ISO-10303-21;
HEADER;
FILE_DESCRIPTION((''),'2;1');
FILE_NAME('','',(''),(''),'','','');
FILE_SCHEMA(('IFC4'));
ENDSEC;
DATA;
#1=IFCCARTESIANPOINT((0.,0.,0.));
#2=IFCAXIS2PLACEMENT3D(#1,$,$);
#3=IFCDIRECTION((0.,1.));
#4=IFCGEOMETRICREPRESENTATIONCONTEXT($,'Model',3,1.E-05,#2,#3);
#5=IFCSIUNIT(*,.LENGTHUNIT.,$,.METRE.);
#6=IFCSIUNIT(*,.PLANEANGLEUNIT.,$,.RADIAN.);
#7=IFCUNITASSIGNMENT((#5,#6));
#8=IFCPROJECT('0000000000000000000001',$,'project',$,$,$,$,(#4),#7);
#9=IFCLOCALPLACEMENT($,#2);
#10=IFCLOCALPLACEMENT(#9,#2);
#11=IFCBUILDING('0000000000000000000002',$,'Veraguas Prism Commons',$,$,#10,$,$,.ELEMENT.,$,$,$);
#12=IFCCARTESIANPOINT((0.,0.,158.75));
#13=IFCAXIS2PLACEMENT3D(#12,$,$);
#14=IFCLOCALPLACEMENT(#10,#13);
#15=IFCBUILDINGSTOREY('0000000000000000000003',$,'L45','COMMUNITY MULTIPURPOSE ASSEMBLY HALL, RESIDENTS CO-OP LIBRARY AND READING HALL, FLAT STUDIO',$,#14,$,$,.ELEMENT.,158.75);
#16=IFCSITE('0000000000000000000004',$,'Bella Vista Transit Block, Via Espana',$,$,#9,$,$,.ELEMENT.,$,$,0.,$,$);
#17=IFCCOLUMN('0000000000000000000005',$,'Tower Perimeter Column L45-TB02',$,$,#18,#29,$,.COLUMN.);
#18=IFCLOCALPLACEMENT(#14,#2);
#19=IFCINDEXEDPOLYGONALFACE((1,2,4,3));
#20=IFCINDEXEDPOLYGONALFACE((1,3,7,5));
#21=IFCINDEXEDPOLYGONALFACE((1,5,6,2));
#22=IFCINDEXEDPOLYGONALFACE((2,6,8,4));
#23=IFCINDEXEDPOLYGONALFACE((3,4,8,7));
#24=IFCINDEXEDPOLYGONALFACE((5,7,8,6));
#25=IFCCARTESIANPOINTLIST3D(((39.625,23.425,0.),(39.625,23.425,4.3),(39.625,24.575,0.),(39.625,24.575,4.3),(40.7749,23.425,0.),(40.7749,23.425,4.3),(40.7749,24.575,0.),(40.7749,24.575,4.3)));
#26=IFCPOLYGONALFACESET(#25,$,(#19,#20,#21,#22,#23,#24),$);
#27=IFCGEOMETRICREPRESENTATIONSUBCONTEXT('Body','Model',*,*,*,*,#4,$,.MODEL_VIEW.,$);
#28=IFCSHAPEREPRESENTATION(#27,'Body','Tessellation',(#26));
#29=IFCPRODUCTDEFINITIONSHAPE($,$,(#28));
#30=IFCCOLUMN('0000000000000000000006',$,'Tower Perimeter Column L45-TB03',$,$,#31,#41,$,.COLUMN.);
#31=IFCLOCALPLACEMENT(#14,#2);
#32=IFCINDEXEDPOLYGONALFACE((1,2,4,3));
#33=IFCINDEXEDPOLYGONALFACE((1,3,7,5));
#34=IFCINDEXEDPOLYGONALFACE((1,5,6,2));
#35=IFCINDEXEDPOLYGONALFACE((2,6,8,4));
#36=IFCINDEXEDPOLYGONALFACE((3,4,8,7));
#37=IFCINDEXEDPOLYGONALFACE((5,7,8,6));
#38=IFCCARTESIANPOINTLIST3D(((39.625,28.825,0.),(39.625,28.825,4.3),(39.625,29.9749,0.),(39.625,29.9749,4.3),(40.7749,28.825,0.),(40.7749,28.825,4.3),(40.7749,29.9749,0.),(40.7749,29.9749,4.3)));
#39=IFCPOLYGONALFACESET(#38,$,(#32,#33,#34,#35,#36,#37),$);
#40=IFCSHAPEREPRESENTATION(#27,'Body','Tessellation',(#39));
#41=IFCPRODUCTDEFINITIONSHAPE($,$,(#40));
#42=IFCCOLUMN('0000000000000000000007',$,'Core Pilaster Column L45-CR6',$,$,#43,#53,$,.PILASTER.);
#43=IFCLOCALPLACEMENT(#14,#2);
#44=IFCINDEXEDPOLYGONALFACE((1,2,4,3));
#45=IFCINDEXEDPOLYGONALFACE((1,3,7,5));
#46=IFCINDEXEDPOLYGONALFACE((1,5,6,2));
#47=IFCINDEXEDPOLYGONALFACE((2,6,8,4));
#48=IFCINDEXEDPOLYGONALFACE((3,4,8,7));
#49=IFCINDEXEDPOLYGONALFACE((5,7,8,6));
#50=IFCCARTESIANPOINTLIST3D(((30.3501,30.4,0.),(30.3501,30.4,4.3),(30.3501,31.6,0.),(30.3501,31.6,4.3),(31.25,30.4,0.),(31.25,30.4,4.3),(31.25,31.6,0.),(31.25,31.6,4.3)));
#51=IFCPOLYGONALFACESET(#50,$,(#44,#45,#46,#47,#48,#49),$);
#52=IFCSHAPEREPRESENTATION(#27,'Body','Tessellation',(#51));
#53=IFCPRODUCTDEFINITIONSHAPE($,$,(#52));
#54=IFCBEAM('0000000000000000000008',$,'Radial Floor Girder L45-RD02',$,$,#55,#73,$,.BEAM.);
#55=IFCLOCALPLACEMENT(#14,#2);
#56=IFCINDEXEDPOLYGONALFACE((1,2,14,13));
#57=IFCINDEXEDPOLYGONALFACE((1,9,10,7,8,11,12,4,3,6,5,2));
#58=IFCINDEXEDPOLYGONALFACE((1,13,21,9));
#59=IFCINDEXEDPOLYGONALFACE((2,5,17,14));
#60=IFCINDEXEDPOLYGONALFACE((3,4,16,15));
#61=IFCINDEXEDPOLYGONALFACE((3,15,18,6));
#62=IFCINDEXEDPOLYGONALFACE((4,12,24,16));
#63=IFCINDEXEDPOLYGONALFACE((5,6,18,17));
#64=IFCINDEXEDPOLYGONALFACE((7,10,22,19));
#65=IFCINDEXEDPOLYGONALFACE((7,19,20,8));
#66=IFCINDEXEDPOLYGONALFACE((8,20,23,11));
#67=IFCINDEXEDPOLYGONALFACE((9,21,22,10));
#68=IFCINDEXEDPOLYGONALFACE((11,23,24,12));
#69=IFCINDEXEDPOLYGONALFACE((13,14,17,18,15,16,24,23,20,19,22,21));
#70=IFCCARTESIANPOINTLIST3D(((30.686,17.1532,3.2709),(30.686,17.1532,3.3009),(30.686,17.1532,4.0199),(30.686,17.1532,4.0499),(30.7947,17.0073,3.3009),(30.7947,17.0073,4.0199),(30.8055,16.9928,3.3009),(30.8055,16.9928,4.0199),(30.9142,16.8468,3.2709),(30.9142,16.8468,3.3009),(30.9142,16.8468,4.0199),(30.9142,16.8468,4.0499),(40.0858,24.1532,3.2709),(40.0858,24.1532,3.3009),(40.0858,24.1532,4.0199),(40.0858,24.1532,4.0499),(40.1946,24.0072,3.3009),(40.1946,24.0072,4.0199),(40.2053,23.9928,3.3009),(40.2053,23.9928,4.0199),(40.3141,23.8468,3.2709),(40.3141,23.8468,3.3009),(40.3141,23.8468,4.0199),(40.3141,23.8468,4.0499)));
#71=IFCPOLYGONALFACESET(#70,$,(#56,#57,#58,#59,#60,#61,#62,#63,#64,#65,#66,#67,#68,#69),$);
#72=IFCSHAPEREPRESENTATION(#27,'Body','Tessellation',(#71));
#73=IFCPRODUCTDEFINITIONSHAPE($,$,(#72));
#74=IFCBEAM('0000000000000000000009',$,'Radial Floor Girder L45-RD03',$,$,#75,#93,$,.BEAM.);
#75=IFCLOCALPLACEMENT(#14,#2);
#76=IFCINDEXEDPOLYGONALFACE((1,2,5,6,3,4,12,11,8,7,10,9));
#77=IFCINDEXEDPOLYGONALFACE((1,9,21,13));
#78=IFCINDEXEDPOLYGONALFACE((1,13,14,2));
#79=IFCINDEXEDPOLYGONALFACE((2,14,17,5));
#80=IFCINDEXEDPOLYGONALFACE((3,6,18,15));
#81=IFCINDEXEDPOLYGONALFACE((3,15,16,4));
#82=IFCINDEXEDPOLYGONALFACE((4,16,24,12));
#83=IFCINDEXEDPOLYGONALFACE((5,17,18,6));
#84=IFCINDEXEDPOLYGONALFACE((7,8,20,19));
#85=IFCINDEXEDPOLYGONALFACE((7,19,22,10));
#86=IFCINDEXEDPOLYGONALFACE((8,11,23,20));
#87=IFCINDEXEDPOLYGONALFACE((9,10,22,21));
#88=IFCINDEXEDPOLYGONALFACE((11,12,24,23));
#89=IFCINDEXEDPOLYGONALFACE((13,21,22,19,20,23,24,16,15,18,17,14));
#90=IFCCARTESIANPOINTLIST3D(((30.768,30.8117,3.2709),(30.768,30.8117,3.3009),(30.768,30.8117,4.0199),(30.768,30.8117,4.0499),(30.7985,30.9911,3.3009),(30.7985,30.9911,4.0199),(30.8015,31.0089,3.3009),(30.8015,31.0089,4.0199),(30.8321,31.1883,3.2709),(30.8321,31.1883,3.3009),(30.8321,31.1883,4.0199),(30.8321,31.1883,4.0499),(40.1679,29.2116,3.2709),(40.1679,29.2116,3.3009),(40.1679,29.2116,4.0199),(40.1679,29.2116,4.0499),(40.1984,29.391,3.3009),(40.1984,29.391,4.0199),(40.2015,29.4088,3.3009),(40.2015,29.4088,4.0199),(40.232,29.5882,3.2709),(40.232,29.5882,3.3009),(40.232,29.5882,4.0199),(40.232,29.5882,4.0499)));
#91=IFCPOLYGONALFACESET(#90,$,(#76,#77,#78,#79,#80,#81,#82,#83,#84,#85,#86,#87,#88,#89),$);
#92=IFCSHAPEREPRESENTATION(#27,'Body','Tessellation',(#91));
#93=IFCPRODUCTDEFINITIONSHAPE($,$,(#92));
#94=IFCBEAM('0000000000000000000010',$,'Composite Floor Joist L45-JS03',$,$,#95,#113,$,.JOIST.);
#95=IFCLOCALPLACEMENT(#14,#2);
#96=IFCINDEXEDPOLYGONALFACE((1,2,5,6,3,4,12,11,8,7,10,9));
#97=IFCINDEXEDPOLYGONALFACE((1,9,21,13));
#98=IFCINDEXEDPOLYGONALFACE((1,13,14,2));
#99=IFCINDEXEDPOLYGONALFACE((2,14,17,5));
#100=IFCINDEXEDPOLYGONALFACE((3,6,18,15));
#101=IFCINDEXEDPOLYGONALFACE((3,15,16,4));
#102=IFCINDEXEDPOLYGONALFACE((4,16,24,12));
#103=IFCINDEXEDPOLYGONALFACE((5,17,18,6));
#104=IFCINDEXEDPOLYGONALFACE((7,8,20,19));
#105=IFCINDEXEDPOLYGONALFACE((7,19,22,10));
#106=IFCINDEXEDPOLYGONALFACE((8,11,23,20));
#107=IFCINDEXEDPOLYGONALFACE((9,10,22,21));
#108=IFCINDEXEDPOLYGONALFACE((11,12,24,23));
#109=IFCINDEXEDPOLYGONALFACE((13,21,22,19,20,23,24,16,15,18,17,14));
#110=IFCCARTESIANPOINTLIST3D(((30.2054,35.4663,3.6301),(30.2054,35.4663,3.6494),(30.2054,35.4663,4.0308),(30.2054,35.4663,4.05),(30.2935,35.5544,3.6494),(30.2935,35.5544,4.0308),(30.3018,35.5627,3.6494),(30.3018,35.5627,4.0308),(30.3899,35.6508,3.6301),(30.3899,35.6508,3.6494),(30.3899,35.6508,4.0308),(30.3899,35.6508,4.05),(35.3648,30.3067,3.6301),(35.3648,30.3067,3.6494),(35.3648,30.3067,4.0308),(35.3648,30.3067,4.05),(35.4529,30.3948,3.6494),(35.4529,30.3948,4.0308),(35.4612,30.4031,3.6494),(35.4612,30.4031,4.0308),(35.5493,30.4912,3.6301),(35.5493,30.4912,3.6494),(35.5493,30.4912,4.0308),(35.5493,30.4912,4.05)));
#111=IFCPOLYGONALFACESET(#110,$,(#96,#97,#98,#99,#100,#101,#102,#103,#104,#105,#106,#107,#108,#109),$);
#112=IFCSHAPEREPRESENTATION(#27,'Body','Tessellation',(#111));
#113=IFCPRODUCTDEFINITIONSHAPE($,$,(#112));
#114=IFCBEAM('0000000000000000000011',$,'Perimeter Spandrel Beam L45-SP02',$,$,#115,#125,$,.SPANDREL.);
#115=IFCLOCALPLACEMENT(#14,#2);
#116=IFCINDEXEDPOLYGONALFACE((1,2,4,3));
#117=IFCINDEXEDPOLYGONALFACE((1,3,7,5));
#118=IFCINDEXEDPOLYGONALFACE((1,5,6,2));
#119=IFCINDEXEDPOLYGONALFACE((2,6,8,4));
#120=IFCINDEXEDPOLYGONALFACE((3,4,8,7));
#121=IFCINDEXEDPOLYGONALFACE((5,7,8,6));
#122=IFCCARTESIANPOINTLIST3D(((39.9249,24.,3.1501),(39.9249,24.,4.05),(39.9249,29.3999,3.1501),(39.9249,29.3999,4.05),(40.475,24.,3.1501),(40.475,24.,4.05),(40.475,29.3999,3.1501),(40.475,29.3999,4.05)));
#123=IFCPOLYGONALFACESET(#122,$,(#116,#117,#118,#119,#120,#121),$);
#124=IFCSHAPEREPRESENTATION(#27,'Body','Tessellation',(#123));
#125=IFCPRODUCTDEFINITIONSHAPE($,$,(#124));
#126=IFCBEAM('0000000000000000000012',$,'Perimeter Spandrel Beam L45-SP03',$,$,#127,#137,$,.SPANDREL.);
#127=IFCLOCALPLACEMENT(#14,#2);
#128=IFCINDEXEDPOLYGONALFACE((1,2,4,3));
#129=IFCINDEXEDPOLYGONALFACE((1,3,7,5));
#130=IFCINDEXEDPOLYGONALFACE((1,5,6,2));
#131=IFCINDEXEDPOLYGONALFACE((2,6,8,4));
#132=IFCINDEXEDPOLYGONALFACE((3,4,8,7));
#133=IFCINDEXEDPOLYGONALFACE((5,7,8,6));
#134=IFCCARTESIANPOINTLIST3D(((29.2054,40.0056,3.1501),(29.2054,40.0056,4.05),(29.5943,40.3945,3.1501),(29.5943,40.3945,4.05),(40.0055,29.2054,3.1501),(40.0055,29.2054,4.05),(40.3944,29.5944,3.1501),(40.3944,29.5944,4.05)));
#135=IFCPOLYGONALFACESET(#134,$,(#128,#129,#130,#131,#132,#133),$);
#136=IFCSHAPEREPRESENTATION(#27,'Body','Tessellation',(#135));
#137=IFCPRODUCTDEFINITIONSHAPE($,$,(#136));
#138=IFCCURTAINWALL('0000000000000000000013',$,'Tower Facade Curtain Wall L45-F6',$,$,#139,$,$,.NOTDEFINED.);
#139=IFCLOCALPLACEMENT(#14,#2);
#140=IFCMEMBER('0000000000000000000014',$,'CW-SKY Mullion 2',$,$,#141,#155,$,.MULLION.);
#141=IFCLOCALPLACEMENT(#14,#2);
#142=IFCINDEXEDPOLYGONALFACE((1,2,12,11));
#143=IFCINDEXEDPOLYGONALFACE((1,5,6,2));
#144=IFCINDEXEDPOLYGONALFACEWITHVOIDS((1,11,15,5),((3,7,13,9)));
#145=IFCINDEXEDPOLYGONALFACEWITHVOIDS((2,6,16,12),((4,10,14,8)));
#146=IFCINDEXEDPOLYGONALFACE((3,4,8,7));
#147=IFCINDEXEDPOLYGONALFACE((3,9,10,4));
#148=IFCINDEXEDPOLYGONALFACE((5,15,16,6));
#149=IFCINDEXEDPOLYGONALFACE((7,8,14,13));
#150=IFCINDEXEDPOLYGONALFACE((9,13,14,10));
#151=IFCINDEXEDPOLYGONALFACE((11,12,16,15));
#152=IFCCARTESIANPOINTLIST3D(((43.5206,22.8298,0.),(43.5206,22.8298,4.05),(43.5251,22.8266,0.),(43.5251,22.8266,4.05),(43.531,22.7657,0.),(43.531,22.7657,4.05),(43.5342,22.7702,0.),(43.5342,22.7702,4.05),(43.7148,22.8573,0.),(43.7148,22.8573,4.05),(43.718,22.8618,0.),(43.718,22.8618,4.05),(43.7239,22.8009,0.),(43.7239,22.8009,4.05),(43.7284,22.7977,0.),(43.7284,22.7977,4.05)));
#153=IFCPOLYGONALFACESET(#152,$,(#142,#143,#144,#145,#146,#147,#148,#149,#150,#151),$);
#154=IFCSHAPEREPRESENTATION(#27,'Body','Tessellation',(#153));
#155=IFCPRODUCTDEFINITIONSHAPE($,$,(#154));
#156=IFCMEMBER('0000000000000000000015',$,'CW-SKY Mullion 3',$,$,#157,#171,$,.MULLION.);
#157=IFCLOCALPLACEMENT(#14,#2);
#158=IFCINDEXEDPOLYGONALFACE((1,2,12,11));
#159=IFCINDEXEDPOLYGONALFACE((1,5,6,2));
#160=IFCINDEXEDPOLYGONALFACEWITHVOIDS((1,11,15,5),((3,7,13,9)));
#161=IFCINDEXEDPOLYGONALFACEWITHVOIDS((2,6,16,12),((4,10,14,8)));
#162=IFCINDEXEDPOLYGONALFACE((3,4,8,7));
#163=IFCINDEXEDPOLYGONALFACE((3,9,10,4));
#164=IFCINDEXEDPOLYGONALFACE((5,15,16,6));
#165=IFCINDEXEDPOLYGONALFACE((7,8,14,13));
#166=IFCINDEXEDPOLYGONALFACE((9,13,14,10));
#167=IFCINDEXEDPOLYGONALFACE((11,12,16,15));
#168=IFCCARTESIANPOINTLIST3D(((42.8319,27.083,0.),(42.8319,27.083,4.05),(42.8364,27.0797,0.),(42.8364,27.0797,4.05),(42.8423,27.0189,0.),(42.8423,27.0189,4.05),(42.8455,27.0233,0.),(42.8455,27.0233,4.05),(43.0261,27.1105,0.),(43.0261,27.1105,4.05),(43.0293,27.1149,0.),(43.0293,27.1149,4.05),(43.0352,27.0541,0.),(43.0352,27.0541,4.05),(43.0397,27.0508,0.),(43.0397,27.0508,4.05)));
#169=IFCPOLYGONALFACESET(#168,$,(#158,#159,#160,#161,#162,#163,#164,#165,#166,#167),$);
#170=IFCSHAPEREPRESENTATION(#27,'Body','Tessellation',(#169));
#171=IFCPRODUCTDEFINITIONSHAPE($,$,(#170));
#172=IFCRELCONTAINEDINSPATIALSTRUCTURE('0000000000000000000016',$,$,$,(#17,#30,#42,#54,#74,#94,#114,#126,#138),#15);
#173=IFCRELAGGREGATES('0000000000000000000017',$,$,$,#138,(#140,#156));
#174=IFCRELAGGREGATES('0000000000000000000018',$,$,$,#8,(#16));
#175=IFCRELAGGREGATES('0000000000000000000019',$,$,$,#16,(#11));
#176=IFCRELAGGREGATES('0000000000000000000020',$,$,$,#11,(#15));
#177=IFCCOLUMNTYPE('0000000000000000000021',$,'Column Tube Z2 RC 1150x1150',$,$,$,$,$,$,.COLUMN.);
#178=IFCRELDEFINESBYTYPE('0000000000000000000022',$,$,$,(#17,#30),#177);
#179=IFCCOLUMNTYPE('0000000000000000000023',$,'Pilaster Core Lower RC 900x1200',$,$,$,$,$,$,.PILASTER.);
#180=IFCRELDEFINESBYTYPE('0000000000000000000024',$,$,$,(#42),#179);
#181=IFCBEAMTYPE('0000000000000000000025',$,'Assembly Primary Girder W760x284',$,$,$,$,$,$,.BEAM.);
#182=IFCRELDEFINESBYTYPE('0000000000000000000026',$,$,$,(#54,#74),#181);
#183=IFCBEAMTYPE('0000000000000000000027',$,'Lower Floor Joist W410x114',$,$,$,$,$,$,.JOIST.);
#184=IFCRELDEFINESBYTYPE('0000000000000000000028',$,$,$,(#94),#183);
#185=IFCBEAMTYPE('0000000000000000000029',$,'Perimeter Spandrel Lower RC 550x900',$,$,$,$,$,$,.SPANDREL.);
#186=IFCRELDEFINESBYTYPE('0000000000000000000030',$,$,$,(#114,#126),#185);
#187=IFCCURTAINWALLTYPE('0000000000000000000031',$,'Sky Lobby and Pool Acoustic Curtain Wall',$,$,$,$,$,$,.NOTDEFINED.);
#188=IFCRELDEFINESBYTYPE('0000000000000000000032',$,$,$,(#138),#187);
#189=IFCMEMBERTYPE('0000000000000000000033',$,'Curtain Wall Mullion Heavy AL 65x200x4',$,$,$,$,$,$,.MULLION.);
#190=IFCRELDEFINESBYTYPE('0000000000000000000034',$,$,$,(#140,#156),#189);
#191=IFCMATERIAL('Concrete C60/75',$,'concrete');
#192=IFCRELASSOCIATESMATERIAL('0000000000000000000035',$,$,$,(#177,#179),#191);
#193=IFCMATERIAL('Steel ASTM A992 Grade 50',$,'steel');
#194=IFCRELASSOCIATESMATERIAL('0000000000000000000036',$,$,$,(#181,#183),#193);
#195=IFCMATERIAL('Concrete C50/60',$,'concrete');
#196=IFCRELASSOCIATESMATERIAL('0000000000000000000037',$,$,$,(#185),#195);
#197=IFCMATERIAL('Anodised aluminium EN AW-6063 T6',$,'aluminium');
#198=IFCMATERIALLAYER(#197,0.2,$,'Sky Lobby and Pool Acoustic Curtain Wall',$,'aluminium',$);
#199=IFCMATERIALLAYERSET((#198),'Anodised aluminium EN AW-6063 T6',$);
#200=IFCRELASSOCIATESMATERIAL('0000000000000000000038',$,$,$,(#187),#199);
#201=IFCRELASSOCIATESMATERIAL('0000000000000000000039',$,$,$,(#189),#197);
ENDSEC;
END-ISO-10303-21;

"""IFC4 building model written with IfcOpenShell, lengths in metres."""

from ifc_helpers import new_model, si_unit, direction, frame, origin, origin_2d, place, context, subcontext, project, spatial, rectangle, hollow_rectangle, i_section, extrude, source, transform, mapped, material, layer, layer_set, material_profile, profile_set, type_object, element, aggregate, save


model = new_model("IFC4")

# Units and contexts
model_context = context("Model", 3, precision=1e-05, world=origin(), true_north=direction((0.0, 1.0)))
body_context = subcontext(model_context, "Body", "Model", "MODEL_VIEW")
ifc_project = project(units=[si_unit("LENGTHUNIT", "METRE"), si_unit("PLANEANGLEUNIT", "RADIAN")], contexts=[model_context])

# Site, building, storey
site_placement = place(None, origin())
site = spatial("IfcSite", under=ifc_project, at=site_placement, Name="Bella Vista Transit Block, Via Espana", CompositionType="ELEMENT", RefElevation=0.0)
building_placement = place(site_placement, origin())
building = spatial("IfcBuilding", under=site, at=building_placement, Name="Veraguas Prism Commons", CompositionType="ELEMENT")
storey_placement = place(building_placement, frame((0.0, 0.0, 158.75)))
storey = spatial("IfcBuildingStorey", under=building, at=storey_placement, Name="L45", Description="COMMUNITY MULTIPURPOSE ASSEMBLY HALL, RESIDENTS CO-OP LIBRARY AND READING HALL, FLAT STUDIO", CompositionType="ELEMENT", Elevation=158.75)

# Columns
ifc_material_1 = material(Name="Concrete C60/75", Category="concrete")
ifc_material_profile_1 = material_profile(ifc_material_1, rectangle(XDim=1.1499, YDim=1.1499, at=origin_2d()), Name="RC1150X1150")
ifc_profile_set_1 = profile_set([ifc_material_profile_1], Name="Concrete C60/75")
column_type_1 = type_object("IfcColumnType", Name="Column Tube Z2 RC 1150x1150", PredefinedType="COLUMN", material=ifc_profile_set_1)
for number, where, z_axis, x_axis, name in (
    (1, (40.2, 24.0, 0.0), (0.0, 0.0, 1.0), (1.0, 0.0, 0.0), "Tower Perimeter Column L45-TB02"),
    (2, (40.2, 29.3999, 0.0), (0.0, 0.0, 1.0), (1.0, 0.0, 0.0), "Tower Perimeter Column L45-TB03"),
):
    element("IfcColumn", number, at=place(storey_placement, frame(where, z_axis=z_axis, x_axis=x_axis)), inside=storey, type_object=column_type_1, Name=name, PredefinedType="COLUMN", context=body_context, shape_type="SweptSolid", body=[
        extrude(rectangle(XDim=1.1499, YDim=1.1499, at=origin_2d()), origin(), (0.0, 0.0, 1.0), 4.3),
    ])
ifc_material_profile_2 = material_profile(ifc_material_1, rectangle(XDim=0.8999, YDim=1.2, at=origin_2d()), Name="RC900X1200")
ifc_profile_set_2 = profile_set([ifc_material_profile_2], Name="Concrete C60/75")
column_type_2 = type_object("IfcColumnType", Name="Pilaster Core Lower RC 900x1200", PredefinedType="PILASTER", material=ifc_profile_set_2)
column_placement = place(storey_placement, frame((30.8, 31.0, 0.0), z_axis=(0.0, 0.0, 1.0), x_axis=(1.0, 0.0, 0.0)))
element("IfcColumn", 3, at=column_placement, inside=storey, type_object=column_type_2, Name="Core Pilaster Column L45-CR6", PredefinedType="PILASTER", context=body_context, shape_type="SweptSolid", body=[
    extrude(rectangle(XDim=0.8999, YDim=1.2, at=origin_2d()), origin(), (0.0, 0.0, 1.0), 4.3),
])

# Beams
ifc_material_2 = material(Name="Steel ASTM A992 Grade 50", Category="steel")
ifc_material_profile_3 = material_profile(ifc_material_2, i_section(OverallWidth=0.3821, OverallDepth=0.7791, WebThickness=0.0181, FlangeThickness=0.03, at=origin_2d()), Name="W760X284")
ifc_profile_set_3 = profile_set([ifc_material_profile_3], Name="Steel ASTM A992 Grade 50")
beam_type_1 = type_object("IfcBeamType", Name="Assembly Primary Girder W760x284", PredefinedType="BEAM", material=ifc_profile_set_3)
beam_1_placement = place(storey_placement, frame((40.2, 24.0, 3.6604), z_axis=(-0.80204, -0.59727, 0.0), x_axis=(0.59727, -0.80204, 0.0)))
element("IfcBeam", 4, at=beam_1_placement, inside=storey, type_object=beam_type_1, Name="Radial Floor Girder L45-RD02", PredefinedType="BEAM", context=body_context, shape_type="SweptSolid", body=[
    extrude(i_section(OverallWidth=0.3821, OverallDepth=0.7791, WebThickness=0.0181, FlangeThickness=0.03, at=origin_2d()), origin(), (0.0, 0.0, 1.0), 11.72),
])
beam_2_placement = place(storey_placement, frame((40.2, 29.3999, 3.6604), z_axis=(-0.985819, 0.167811, 0.0), x_axis=(-0.167811, -0.985819, 0.0)))
element("IfcBeam", 5, at=beam_2_placement, inside=storey, type_object=beam_type_1, Name="Radial Floor Girder L45-RD03", PredefinedType="BEAM", context=body_context, shape_type="SweptSolid", body=[
    extrude(i_section(OverallWidth=0.3821, OverallDepth=0.7791, WebThickness=0.0181, FlangeThickness=0.03, at=origin_2d()), origin(), (0.0, 0.0, 1.0), 9.5352),
])
ifc_material_profile_4 = material_profile(ifc_material_2, i_section(OverallWidth=0.261, OverallDepth=0.4199, WebThickness=0.0117, FlangeThickness=0.0193, at=origin_2d()), Name="W410X114")
ifc_profile_set_4 = profile_set([ifc_material_profile_4], Name="Steel ASTM A992 Grade 50")
beam_type_2 = type_object("IfcBeamType", Name="Lower Floor Joist W410x114", PredefinedType="JOIST", material=ifc_profile_set_4)
beam_3_placement = place(storey_placement, frame((35.457, 30.3989, 3.8401), z_axis=(-0.70709, 0.707124, 0.0), x_axis=(-0.707124, -0.70709, 0.0)))
element("IfcBeam", 6, at=beam_3_placement, inside=storey, type_object=beam_type_2, Name="Composite Floor Joist L45-JS03", PredefinedType="JOIST", context=body_context, shape_type="SweptSolid", body=[
    extrude(i_section(OverallWidth=0.261, OverallDepth=0.4199, WebThickness=0.0117, FlangeThickness=0.0193, at=origin_2d()), origin(), (0.0, 0.0, 1.0), 7.2966),
])
ifc_material_3 = material(Name="Concrete C50/60", Category="concrete")
ifc_material_profile_5 = material_profile(ifc_material_3, rectangle(XDim=0.55, YDim=0.8999, at=origin_2d()), Name="RC550X900")
ifc_profile_set_5 = profile_set([ifc_material_profile_5], Name="Concrete C50/60")
beam_type_3 = type_object("IfcBeamType", Name="Perimeter Spandrel Lower RC 550x900", PredefinedType="SPANDREL", material=ifc_profile_set_5)
beam_4_placement = place(storey_placement, frame((40.2, 24.0, 3.6001), z_axis=(0.0, 1.0, 0.0), x_axis=(-1.0, 0.0, 0.0)))
element("IfcBeam", 7, at=beam_4_placement, inside=storey, type_object=beam_type_3, Name="Perimeter Spandrel Beam L45-SP02", PredefinedType="SPANDREL", context=body_context, shape_type="SweptSolid", body=[
    extrude(rectangle(XDim=0.55, YDim=0.8999, at=origin_2d()), origin(), (0.0, 0.0, 1.0), 5.3999),
])
beam_5_placement = place(storey_placement, frame((40.2, 29.3999, 3.6001), z_axis=(-0.707107, 0.707107, 0.0), x_axis=(-0.707107, -0.707107, 0.0)))
element("IfcBeam", 8, at=beam_5_placement, inside=storey, type_object=beam_type_3, Name="Perimeter Spandrel Beam L45-SP03", PredefinedType="SPANDREL", context=body_context, shape_type="SweptSolid", body=[
    extrude(rectangle(XDim=0.55, YDim=0.8999, at=origin_2d()), origin(), (0.0, 0.0, 1.0), 15.2737),
])

# Curtain wall, members
ifc_material_4 = material(Name="Anodised aluminium EN AW-6063 T6", Category="aluminium")
ifc_layer_1 = layer(ifc_material_4, 0.2, Name="Sky Lobby and Pool Acoustic Curtain Wall", Category="aluminium")
ifc_layer_set_1 = layer_set([ifc_layer_1], Name="Anodised aluminium EN AW-6063 T6")
curtain_wall_type = type_object("IfcCurtainWallType", Name="Sky Lobby and Pool Acoustic Curtain Wall", PredefinedType="NOTDEFINED", material=ifc_layer_set_1)
curtain_wall_placement = place(storey_placement, origin())
curtain_wall = element("IfcCurtainWall", 9, at=curtain_wall_placement, inside=storey, type_object=curtain_wall_type, Name="Tower Facade Curtain Wall L45-F6", PredefinedType="NOTDEFINED")
ifc_material_profile_6 = material_profile(ifc_material_4, hollow_rectangle(XDim=0.0649, YDim=0.2, WallThickness=0.0039, at=origin_2d()), Name="AL65X200X4")
ifc_profile_set_6 = profile_set([ifc_material_profile_6], Name="Anodised aluminium EN AW-6063 T6")
member_type = type_object("IfcMemberType", Name="Curtain Wall Mullion Heavy AL 65x200x4", PredefinedType="MULLION", material=ifc_profile_set_6)
shared_shape_1 = source(origin(), body_context, "Body", "SweptSolid", [
    extrude(hollow_rectangle(XDim=0.0649, YDim=0.2, WallThickness=0.0039, at=origin_2d()), origin(), (0.0, 0.0, 1.0), 4.05),
])
member_1_placement = place(storey_placement, frame((43.6245, 22.8137, 0.0), z_axis=(0.0, 0.0, 1.0), x_axis=(-0.159878, 0.987137, 0.0)))
member_1 = element("IfcMember", 10, at=member_1_placement, type_object=member_type, Name="CW-SKY Mullion 2", PredefinedType="MULLION", context=body_context, shape_type="MappedRepresentation", body=[
    mapped(shared_shape_1, transform((0.0, 0.0, 0.0), scale=1.0)),
])
member_2_placement = place(storey_placement, frame((42.9358, 27.0669, 0.0), z_axis=(0.0, 0.0, 1.0), x_axis=(-0.159878, 0.987137, 0.0)))
member_2 = element("IfcMember", 11, at=member_2_placement, type_object=member_type, Name="CW-SKY Mullion 3", PredefinedType="MULLION", context=body_context, shape_type="MappedRepresentation", body=[
    mapped(shared_shape_1, transform((0.0, 0.0, 0.0), scale=1.0)),
])
aggregate(curtain_wall, [member_1, member_2])

save(model, "model.ifc")
